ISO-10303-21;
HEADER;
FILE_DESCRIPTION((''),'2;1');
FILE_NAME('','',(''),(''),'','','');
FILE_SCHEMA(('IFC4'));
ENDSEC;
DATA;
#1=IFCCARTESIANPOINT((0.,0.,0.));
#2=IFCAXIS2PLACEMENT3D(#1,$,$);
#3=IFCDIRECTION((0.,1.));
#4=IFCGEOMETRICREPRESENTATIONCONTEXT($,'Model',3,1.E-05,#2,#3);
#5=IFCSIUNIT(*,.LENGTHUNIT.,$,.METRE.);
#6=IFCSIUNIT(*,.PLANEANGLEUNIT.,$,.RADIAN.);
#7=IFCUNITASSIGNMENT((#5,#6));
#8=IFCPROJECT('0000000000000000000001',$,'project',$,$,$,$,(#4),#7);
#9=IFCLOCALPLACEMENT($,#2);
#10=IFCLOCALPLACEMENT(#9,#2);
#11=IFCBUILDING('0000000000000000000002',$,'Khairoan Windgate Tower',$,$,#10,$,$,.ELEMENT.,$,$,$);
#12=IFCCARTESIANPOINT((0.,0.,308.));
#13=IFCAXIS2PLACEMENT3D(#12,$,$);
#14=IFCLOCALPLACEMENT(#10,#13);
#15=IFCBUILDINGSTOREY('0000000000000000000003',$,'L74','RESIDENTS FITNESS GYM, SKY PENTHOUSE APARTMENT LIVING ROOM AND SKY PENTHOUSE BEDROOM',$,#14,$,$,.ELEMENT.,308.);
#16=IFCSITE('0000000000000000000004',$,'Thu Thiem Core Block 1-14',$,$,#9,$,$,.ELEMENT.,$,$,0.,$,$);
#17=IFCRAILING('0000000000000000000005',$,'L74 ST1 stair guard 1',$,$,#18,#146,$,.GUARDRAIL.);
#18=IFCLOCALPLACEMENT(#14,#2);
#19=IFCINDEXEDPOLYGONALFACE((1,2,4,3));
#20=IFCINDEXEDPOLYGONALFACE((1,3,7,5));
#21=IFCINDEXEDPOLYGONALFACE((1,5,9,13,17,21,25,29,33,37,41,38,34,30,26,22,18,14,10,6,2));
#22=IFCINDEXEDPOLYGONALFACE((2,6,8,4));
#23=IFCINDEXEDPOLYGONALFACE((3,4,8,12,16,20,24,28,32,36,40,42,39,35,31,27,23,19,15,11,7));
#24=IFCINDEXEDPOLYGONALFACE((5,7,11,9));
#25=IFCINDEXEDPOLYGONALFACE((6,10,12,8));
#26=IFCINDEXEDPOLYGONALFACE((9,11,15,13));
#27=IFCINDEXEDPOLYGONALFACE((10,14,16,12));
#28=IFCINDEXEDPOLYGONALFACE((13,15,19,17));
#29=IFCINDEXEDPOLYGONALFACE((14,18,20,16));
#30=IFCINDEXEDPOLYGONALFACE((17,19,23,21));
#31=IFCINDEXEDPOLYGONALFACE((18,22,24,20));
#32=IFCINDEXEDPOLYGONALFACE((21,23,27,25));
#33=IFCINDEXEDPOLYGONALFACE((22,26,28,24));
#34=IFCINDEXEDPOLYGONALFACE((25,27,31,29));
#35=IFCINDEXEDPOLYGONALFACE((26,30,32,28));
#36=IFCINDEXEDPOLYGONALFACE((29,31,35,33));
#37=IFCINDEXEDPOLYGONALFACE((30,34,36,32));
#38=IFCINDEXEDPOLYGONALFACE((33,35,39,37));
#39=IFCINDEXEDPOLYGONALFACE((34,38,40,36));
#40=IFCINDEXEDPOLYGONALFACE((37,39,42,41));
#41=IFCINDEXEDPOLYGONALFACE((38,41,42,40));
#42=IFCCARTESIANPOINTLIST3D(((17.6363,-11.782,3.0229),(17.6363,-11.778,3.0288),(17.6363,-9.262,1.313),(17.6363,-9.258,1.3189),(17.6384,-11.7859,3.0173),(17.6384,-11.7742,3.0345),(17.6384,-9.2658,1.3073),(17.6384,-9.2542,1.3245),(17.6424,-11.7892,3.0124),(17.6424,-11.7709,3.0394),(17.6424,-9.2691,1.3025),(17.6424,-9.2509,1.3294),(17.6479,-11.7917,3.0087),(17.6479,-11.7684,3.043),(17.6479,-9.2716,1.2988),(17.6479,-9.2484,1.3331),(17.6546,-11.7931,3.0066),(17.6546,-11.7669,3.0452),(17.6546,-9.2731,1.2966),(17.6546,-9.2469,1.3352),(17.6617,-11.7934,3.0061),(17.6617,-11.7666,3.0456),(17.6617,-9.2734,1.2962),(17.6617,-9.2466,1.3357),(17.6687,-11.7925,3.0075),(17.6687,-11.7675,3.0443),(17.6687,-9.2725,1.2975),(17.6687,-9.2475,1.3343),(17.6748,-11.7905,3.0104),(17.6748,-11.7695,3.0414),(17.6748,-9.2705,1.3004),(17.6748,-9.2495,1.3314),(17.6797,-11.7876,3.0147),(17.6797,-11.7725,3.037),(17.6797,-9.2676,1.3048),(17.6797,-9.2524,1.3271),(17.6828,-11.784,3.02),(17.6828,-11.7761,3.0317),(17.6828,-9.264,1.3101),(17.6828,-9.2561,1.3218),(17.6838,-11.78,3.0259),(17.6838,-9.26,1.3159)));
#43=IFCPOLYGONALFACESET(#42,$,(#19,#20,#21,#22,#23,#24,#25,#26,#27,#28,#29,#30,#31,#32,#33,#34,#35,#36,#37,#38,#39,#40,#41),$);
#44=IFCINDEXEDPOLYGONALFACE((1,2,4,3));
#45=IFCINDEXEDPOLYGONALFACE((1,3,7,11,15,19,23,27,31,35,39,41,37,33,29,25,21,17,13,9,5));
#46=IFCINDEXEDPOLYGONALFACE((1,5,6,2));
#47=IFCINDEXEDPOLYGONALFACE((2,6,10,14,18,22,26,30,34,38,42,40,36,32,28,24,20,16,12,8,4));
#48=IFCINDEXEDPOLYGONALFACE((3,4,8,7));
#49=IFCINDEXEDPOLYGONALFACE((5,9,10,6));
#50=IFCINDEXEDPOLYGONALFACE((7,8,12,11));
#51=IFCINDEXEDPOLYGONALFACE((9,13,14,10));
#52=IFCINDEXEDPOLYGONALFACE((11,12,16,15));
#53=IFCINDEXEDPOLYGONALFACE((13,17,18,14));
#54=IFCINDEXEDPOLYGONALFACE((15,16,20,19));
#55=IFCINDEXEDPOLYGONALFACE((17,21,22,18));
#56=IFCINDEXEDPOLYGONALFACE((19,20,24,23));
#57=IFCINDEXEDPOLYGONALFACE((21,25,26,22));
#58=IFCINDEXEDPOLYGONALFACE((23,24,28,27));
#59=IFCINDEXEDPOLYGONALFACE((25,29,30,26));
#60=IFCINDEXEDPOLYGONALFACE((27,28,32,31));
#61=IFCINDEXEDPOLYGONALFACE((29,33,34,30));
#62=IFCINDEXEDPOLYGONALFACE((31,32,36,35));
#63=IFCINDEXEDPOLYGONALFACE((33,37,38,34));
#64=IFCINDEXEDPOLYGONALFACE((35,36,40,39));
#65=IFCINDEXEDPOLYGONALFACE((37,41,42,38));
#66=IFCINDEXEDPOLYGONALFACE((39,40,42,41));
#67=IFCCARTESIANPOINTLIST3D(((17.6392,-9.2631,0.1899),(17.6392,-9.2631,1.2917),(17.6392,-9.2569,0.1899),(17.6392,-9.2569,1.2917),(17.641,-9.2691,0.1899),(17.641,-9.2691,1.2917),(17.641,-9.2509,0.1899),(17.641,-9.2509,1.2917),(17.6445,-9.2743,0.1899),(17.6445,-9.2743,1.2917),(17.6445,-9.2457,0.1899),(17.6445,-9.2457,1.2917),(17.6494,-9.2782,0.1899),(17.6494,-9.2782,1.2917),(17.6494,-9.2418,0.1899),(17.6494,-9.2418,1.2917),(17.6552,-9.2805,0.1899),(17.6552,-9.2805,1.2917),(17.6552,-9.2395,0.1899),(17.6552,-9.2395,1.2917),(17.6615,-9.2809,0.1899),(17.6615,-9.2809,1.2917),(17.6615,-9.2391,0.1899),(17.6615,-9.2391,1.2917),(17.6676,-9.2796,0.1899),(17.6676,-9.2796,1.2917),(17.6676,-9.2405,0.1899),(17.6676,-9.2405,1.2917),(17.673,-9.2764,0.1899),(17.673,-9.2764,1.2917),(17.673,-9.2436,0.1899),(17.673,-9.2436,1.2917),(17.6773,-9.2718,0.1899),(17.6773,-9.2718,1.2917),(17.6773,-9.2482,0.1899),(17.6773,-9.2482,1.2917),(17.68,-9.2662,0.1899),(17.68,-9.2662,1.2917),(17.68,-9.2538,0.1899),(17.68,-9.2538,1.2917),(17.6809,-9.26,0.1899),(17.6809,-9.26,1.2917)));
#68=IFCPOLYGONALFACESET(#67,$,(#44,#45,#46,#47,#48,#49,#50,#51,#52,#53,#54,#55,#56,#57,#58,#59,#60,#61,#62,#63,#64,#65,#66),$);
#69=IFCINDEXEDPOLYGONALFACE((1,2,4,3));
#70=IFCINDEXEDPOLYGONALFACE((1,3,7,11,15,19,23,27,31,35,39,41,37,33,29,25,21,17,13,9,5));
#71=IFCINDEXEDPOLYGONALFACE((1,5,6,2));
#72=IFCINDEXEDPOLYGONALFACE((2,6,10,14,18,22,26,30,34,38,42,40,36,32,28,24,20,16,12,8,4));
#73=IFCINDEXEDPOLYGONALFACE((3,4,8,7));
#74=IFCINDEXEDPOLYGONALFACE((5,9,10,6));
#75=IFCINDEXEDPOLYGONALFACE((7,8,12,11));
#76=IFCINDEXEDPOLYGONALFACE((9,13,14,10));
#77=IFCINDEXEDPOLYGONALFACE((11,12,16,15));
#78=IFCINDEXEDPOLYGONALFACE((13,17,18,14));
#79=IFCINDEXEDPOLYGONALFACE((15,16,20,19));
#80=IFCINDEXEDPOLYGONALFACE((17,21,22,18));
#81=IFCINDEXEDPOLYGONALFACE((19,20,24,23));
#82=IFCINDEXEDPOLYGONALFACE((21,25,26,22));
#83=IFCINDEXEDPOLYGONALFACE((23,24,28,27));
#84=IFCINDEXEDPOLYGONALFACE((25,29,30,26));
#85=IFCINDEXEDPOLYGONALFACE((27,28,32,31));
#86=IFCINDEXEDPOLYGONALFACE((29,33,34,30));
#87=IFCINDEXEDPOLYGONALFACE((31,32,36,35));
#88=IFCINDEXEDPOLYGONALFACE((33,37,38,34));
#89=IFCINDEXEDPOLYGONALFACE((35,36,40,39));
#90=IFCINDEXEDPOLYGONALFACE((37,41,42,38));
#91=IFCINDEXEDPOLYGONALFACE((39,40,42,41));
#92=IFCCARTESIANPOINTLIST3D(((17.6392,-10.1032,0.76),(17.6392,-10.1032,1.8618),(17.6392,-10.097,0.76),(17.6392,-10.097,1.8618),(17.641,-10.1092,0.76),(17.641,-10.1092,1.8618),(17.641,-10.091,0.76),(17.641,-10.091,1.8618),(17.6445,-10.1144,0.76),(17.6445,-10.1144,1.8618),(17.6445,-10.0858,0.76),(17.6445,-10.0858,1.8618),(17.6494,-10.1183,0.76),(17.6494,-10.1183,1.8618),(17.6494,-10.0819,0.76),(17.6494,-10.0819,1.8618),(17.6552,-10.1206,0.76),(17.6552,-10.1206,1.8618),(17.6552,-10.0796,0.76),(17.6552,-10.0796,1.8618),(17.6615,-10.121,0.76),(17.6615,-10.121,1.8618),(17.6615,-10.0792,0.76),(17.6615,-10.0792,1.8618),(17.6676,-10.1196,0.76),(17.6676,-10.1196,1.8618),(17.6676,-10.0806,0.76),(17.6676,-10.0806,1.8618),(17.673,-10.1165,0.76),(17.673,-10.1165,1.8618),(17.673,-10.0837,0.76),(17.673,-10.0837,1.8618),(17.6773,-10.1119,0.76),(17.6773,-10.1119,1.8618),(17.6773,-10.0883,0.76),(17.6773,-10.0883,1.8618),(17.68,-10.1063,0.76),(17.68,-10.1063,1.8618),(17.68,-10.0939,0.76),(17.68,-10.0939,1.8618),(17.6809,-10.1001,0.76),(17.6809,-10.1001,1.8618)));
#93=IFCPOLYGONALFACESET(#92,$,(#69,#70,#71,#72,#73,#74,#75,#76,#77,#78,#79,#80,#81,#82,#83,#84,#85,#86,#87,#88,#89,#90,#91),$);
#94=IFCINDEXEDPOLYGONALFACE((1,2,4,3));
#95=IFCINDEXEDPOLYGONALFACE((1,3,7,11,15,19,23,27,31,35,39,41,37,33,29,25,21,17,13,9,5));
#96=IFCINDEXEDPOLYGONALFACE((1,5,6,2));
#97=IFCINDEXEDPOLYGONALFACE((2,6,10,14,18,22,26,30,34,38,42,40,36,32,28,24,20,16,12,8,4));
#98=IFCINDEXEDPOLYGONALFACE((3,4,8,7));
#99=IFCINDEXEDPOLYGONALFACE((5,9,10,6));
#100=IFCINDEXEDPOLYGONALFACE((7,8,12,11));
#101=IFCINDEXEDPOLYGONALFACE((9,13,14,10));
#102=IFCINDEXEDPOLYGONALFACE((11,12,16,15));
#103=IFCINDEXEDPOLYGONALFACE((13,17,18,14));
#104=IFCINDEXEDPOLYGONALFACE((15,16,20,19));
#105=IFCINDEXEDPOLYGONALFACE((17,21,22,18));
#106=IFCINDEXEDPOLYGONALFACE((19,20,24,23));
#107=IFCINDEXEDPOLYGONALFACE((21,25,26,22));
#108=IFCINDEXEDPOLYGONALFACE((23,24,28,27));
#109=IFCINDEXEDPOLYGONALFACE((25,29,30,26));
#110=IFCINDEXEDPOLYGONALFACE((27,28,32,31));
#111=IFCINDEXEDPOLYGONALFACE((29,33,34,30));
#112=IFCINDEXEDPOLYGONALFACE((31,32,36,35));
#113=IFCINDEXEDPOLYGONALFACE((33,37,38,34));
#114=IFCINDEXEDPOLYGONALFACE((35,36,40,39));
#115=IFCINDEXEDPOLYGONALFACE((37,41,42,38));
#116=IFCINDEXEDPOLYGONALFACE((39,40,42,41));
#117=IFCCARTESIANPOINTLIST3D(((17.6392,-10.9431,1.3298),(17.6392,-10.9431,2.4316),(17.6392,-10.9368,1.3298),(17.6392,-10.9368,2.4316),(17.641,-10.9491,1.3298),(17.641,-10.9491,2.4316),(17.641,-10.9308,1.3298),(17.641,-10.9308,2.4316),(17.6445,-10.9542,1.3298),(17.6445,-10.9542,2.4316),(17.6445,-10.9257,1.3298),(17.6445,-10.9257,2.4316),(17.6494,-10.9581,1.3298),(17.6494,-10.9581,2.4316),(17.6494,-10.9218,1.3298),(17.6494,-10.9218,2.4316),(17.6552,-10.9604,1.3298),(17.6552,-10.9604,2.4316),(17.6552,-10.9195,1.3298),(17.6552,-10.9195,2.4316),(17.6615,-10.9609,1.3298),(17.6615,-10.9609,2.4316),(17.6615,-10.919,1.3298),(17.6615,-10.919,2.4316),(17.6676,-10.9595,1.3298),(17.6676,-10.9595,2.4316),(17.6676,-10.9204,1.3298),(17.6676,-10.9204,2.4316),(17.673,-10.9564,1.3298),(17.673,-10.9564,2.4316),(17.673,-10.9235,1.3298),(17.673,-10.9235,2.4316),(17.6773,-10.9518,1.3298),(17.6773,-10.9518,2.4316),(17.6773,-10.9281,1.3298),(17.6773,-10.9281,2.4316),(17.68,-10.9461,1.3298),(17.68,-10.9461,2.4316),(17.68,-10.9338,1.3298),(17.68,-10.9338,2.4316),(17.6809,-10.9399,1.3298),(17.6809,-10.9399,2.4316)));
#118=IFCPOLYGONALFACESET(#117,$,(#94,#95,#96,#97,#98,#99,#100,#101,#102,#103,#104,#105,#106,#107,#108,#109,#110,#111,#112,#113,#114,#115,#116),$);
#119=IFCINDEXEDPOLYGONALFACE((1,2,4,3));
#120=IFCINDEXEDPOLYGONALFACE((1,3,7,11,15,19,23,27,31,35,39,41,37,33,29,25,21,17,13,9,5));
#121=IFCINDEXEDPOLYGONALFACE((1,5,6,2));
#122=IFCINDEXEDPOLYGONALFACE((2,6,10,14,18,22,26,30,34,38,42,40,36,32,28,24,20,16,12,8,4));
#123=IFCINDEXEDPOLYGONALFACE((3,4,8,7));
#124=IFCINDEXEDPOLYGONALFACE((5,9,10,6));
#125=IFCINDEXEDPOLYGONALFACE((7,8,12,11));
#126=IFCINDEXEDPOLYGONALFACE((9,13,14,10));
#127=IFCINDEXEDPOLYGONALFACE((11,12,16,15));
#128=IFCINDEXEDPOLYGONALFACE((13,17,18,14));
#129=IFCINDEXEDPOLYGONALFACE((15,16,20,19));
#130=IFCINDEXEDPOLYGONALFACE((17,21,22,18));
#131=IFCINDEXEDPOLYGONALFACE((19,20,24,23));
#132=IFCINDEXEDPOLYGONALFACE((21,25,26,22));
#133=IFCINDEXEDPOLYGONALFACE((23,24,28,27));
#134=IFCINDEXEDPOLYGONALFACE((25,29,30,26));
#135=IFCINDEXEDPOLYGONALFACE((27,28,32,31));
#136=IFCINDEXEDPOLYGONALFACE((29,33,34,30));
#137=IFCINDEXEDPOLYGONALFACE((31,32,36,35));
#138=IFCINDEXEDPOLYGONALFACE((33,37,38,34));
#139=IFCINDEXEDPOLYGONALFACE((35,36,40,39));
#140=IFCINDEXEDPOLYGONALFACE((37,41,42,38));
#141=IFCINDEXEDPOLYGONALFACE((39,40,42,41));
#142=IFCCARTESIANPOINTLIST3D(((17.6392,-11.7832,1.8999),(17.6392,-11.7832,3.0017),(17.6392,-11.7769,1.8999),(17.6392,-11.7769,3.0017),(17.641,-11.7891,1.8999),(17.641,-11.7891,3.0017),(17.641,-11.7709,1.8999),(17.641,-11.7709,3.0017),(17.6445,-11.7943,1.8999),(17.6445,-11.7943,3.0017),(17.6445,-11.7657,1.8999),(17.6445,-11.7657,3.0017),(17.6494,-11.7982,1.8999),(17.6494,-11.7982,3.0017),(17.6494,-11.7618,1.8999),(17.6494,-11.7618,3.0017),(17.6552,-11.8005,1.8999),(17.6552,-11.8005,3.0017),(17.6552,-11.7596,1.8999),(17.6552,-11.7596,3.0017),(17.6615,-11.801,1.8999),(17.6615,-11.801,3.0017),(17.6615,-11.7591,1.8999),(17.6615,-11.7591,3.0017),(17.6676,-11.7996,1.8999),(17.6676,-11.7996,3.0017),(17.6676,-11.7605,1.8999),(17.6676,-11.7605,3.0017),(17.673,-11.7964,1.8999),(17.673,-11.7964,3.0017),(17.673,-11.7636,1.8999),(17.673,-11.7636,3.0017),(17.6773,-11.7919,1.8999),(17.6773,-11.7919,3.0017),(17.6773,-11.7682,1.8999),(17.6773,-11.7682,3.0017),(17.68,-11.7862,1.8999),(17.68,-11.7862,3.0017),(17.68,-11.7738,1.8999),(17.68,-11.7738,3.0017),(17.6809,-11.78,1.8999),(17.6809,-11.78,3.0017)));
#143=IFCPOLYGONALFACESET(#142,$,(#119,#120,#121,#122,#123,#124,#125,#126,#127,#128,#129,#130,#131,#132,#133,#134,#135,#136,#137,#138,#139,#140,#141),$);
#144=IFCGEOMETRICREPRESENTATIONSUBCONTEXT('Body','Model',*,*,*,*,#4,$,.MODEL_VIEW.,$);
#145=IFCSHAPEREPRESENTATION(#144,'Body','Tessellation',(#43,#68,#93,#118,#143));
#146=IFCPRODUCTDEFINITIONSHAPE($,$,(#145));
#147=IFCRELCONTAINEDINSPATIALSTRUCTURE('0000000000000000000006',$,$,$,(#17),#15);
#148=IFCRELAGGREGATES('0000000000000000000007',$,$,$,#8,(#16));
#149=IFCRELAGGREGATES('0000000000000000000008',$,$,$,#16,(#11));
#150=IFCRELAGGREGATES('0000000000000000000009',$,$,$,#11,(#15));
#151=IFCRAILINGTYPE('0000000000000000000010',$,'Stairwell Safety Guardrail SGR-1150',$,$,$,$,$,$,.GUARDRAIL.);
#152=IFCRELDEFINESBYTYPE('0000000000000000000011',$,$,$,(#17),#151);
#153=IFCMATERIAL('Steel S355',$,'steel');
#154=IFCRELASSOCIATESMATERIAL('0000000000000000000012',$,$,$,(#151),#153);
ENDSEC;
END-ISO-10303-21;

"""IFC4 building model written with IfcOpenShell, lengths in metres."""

from ifc_helpers import new_model, si_unit, direction, frame, origin, origin_2d, place, context, subcontext, project, spatial, circle, extrude, material, type_object, element, save


model = new_model("IFC4")

# Units and contexts
model_context = context("Model", 3, precision=1e-05, world=origin(), true_north=direction((0.0, 1.0)))
body_context = subcontext(model_context, "Body", "Model", "MODEL_VIEW")
ifc_project = project(units=[si_unit("LENGTHUNIT", "METRE"), si_unit("PLANEANGLEUNIT", "RADIAN")], contexts=[model_context])

# Site, building, storey
site_placement = place(None, origin())
site = spatial("IfcSite", under=ifc_project, at=site_placement, Name="Thu Thiem Core Block 1-14", CompositionType="ELEMENT", RefElevation=0.0)
building_placement = place(site_placement, origin())
building = spatial("IfcBuilding", under=site, at=building_placement, Name="Khairoan Windgate Tower", CompositionType="ELEMENT")
storey_placement = place(building_placement, frame((0.0, 0.0, 308.0)))
storey = spatial("IfcBuildingStorey", under=building, at=storey_placement, Name="L74", Description="RESIDENTS FITNESS GYM, SKY PENTHOUSE APARTMENT LIVING ROOM AND SKY PENTHOUSE BEDROOM", CompositionType="ELEMENT", Elevation=308.0)

# Railing
ifc_material_1 = material(Name="Steel S355", Category="steel")
railing_type_1 = type_object("IfcRailingType", Name="Stairwell Safety Guardrail SGR-1150", PredefinedType="GUARDRAIL", material=ifc_material_1)
railing_1_placement = place(storey_placement, frame((17.6599, -9.26, 0.1899)))
element("IfcRailing", 1, at=railing_1_placement, inside=storey, type_object=railing_type_1, Name="L74 ST1 stair guard 1", PredefinedType="GUARDRAIL", context=body_context, shape_type="SweptSolid", body=[
    extrude(circle(Radius=0.0239, at=origin_2d()), frame((0.0, 0.0, 1.126), z_axis=(0.0, -0.827484, 0.56149), x_axis=(1.0, 0.0, 0.0)), (0.0, 0.0, 1.0), 3.0454),
    extrude(circle(Radius=0.021, at=origin_2d()), origin(), (0.0, 0.0, 1.0), 1.1018),
    extrude(circle(Radius=0.021, at=origin_2d()), frame((0.0, -0.8401, 0.5701)), (0.0, 0.0, 1.0), 1.1018),
    extrude(circle(Radius=0.021, at=origin_2d()), frame((0.0, -1.6799, 1.1399)), (0.0, 0.0, 1.0), 1.1018),
    extrude(circle(Radius=0.021, at=origin_2d()), frame((0.0, -2.52, 1.71)), (0.0, 0.0, 1.0), 1.1018),
])

save(model, "model.ifc")
